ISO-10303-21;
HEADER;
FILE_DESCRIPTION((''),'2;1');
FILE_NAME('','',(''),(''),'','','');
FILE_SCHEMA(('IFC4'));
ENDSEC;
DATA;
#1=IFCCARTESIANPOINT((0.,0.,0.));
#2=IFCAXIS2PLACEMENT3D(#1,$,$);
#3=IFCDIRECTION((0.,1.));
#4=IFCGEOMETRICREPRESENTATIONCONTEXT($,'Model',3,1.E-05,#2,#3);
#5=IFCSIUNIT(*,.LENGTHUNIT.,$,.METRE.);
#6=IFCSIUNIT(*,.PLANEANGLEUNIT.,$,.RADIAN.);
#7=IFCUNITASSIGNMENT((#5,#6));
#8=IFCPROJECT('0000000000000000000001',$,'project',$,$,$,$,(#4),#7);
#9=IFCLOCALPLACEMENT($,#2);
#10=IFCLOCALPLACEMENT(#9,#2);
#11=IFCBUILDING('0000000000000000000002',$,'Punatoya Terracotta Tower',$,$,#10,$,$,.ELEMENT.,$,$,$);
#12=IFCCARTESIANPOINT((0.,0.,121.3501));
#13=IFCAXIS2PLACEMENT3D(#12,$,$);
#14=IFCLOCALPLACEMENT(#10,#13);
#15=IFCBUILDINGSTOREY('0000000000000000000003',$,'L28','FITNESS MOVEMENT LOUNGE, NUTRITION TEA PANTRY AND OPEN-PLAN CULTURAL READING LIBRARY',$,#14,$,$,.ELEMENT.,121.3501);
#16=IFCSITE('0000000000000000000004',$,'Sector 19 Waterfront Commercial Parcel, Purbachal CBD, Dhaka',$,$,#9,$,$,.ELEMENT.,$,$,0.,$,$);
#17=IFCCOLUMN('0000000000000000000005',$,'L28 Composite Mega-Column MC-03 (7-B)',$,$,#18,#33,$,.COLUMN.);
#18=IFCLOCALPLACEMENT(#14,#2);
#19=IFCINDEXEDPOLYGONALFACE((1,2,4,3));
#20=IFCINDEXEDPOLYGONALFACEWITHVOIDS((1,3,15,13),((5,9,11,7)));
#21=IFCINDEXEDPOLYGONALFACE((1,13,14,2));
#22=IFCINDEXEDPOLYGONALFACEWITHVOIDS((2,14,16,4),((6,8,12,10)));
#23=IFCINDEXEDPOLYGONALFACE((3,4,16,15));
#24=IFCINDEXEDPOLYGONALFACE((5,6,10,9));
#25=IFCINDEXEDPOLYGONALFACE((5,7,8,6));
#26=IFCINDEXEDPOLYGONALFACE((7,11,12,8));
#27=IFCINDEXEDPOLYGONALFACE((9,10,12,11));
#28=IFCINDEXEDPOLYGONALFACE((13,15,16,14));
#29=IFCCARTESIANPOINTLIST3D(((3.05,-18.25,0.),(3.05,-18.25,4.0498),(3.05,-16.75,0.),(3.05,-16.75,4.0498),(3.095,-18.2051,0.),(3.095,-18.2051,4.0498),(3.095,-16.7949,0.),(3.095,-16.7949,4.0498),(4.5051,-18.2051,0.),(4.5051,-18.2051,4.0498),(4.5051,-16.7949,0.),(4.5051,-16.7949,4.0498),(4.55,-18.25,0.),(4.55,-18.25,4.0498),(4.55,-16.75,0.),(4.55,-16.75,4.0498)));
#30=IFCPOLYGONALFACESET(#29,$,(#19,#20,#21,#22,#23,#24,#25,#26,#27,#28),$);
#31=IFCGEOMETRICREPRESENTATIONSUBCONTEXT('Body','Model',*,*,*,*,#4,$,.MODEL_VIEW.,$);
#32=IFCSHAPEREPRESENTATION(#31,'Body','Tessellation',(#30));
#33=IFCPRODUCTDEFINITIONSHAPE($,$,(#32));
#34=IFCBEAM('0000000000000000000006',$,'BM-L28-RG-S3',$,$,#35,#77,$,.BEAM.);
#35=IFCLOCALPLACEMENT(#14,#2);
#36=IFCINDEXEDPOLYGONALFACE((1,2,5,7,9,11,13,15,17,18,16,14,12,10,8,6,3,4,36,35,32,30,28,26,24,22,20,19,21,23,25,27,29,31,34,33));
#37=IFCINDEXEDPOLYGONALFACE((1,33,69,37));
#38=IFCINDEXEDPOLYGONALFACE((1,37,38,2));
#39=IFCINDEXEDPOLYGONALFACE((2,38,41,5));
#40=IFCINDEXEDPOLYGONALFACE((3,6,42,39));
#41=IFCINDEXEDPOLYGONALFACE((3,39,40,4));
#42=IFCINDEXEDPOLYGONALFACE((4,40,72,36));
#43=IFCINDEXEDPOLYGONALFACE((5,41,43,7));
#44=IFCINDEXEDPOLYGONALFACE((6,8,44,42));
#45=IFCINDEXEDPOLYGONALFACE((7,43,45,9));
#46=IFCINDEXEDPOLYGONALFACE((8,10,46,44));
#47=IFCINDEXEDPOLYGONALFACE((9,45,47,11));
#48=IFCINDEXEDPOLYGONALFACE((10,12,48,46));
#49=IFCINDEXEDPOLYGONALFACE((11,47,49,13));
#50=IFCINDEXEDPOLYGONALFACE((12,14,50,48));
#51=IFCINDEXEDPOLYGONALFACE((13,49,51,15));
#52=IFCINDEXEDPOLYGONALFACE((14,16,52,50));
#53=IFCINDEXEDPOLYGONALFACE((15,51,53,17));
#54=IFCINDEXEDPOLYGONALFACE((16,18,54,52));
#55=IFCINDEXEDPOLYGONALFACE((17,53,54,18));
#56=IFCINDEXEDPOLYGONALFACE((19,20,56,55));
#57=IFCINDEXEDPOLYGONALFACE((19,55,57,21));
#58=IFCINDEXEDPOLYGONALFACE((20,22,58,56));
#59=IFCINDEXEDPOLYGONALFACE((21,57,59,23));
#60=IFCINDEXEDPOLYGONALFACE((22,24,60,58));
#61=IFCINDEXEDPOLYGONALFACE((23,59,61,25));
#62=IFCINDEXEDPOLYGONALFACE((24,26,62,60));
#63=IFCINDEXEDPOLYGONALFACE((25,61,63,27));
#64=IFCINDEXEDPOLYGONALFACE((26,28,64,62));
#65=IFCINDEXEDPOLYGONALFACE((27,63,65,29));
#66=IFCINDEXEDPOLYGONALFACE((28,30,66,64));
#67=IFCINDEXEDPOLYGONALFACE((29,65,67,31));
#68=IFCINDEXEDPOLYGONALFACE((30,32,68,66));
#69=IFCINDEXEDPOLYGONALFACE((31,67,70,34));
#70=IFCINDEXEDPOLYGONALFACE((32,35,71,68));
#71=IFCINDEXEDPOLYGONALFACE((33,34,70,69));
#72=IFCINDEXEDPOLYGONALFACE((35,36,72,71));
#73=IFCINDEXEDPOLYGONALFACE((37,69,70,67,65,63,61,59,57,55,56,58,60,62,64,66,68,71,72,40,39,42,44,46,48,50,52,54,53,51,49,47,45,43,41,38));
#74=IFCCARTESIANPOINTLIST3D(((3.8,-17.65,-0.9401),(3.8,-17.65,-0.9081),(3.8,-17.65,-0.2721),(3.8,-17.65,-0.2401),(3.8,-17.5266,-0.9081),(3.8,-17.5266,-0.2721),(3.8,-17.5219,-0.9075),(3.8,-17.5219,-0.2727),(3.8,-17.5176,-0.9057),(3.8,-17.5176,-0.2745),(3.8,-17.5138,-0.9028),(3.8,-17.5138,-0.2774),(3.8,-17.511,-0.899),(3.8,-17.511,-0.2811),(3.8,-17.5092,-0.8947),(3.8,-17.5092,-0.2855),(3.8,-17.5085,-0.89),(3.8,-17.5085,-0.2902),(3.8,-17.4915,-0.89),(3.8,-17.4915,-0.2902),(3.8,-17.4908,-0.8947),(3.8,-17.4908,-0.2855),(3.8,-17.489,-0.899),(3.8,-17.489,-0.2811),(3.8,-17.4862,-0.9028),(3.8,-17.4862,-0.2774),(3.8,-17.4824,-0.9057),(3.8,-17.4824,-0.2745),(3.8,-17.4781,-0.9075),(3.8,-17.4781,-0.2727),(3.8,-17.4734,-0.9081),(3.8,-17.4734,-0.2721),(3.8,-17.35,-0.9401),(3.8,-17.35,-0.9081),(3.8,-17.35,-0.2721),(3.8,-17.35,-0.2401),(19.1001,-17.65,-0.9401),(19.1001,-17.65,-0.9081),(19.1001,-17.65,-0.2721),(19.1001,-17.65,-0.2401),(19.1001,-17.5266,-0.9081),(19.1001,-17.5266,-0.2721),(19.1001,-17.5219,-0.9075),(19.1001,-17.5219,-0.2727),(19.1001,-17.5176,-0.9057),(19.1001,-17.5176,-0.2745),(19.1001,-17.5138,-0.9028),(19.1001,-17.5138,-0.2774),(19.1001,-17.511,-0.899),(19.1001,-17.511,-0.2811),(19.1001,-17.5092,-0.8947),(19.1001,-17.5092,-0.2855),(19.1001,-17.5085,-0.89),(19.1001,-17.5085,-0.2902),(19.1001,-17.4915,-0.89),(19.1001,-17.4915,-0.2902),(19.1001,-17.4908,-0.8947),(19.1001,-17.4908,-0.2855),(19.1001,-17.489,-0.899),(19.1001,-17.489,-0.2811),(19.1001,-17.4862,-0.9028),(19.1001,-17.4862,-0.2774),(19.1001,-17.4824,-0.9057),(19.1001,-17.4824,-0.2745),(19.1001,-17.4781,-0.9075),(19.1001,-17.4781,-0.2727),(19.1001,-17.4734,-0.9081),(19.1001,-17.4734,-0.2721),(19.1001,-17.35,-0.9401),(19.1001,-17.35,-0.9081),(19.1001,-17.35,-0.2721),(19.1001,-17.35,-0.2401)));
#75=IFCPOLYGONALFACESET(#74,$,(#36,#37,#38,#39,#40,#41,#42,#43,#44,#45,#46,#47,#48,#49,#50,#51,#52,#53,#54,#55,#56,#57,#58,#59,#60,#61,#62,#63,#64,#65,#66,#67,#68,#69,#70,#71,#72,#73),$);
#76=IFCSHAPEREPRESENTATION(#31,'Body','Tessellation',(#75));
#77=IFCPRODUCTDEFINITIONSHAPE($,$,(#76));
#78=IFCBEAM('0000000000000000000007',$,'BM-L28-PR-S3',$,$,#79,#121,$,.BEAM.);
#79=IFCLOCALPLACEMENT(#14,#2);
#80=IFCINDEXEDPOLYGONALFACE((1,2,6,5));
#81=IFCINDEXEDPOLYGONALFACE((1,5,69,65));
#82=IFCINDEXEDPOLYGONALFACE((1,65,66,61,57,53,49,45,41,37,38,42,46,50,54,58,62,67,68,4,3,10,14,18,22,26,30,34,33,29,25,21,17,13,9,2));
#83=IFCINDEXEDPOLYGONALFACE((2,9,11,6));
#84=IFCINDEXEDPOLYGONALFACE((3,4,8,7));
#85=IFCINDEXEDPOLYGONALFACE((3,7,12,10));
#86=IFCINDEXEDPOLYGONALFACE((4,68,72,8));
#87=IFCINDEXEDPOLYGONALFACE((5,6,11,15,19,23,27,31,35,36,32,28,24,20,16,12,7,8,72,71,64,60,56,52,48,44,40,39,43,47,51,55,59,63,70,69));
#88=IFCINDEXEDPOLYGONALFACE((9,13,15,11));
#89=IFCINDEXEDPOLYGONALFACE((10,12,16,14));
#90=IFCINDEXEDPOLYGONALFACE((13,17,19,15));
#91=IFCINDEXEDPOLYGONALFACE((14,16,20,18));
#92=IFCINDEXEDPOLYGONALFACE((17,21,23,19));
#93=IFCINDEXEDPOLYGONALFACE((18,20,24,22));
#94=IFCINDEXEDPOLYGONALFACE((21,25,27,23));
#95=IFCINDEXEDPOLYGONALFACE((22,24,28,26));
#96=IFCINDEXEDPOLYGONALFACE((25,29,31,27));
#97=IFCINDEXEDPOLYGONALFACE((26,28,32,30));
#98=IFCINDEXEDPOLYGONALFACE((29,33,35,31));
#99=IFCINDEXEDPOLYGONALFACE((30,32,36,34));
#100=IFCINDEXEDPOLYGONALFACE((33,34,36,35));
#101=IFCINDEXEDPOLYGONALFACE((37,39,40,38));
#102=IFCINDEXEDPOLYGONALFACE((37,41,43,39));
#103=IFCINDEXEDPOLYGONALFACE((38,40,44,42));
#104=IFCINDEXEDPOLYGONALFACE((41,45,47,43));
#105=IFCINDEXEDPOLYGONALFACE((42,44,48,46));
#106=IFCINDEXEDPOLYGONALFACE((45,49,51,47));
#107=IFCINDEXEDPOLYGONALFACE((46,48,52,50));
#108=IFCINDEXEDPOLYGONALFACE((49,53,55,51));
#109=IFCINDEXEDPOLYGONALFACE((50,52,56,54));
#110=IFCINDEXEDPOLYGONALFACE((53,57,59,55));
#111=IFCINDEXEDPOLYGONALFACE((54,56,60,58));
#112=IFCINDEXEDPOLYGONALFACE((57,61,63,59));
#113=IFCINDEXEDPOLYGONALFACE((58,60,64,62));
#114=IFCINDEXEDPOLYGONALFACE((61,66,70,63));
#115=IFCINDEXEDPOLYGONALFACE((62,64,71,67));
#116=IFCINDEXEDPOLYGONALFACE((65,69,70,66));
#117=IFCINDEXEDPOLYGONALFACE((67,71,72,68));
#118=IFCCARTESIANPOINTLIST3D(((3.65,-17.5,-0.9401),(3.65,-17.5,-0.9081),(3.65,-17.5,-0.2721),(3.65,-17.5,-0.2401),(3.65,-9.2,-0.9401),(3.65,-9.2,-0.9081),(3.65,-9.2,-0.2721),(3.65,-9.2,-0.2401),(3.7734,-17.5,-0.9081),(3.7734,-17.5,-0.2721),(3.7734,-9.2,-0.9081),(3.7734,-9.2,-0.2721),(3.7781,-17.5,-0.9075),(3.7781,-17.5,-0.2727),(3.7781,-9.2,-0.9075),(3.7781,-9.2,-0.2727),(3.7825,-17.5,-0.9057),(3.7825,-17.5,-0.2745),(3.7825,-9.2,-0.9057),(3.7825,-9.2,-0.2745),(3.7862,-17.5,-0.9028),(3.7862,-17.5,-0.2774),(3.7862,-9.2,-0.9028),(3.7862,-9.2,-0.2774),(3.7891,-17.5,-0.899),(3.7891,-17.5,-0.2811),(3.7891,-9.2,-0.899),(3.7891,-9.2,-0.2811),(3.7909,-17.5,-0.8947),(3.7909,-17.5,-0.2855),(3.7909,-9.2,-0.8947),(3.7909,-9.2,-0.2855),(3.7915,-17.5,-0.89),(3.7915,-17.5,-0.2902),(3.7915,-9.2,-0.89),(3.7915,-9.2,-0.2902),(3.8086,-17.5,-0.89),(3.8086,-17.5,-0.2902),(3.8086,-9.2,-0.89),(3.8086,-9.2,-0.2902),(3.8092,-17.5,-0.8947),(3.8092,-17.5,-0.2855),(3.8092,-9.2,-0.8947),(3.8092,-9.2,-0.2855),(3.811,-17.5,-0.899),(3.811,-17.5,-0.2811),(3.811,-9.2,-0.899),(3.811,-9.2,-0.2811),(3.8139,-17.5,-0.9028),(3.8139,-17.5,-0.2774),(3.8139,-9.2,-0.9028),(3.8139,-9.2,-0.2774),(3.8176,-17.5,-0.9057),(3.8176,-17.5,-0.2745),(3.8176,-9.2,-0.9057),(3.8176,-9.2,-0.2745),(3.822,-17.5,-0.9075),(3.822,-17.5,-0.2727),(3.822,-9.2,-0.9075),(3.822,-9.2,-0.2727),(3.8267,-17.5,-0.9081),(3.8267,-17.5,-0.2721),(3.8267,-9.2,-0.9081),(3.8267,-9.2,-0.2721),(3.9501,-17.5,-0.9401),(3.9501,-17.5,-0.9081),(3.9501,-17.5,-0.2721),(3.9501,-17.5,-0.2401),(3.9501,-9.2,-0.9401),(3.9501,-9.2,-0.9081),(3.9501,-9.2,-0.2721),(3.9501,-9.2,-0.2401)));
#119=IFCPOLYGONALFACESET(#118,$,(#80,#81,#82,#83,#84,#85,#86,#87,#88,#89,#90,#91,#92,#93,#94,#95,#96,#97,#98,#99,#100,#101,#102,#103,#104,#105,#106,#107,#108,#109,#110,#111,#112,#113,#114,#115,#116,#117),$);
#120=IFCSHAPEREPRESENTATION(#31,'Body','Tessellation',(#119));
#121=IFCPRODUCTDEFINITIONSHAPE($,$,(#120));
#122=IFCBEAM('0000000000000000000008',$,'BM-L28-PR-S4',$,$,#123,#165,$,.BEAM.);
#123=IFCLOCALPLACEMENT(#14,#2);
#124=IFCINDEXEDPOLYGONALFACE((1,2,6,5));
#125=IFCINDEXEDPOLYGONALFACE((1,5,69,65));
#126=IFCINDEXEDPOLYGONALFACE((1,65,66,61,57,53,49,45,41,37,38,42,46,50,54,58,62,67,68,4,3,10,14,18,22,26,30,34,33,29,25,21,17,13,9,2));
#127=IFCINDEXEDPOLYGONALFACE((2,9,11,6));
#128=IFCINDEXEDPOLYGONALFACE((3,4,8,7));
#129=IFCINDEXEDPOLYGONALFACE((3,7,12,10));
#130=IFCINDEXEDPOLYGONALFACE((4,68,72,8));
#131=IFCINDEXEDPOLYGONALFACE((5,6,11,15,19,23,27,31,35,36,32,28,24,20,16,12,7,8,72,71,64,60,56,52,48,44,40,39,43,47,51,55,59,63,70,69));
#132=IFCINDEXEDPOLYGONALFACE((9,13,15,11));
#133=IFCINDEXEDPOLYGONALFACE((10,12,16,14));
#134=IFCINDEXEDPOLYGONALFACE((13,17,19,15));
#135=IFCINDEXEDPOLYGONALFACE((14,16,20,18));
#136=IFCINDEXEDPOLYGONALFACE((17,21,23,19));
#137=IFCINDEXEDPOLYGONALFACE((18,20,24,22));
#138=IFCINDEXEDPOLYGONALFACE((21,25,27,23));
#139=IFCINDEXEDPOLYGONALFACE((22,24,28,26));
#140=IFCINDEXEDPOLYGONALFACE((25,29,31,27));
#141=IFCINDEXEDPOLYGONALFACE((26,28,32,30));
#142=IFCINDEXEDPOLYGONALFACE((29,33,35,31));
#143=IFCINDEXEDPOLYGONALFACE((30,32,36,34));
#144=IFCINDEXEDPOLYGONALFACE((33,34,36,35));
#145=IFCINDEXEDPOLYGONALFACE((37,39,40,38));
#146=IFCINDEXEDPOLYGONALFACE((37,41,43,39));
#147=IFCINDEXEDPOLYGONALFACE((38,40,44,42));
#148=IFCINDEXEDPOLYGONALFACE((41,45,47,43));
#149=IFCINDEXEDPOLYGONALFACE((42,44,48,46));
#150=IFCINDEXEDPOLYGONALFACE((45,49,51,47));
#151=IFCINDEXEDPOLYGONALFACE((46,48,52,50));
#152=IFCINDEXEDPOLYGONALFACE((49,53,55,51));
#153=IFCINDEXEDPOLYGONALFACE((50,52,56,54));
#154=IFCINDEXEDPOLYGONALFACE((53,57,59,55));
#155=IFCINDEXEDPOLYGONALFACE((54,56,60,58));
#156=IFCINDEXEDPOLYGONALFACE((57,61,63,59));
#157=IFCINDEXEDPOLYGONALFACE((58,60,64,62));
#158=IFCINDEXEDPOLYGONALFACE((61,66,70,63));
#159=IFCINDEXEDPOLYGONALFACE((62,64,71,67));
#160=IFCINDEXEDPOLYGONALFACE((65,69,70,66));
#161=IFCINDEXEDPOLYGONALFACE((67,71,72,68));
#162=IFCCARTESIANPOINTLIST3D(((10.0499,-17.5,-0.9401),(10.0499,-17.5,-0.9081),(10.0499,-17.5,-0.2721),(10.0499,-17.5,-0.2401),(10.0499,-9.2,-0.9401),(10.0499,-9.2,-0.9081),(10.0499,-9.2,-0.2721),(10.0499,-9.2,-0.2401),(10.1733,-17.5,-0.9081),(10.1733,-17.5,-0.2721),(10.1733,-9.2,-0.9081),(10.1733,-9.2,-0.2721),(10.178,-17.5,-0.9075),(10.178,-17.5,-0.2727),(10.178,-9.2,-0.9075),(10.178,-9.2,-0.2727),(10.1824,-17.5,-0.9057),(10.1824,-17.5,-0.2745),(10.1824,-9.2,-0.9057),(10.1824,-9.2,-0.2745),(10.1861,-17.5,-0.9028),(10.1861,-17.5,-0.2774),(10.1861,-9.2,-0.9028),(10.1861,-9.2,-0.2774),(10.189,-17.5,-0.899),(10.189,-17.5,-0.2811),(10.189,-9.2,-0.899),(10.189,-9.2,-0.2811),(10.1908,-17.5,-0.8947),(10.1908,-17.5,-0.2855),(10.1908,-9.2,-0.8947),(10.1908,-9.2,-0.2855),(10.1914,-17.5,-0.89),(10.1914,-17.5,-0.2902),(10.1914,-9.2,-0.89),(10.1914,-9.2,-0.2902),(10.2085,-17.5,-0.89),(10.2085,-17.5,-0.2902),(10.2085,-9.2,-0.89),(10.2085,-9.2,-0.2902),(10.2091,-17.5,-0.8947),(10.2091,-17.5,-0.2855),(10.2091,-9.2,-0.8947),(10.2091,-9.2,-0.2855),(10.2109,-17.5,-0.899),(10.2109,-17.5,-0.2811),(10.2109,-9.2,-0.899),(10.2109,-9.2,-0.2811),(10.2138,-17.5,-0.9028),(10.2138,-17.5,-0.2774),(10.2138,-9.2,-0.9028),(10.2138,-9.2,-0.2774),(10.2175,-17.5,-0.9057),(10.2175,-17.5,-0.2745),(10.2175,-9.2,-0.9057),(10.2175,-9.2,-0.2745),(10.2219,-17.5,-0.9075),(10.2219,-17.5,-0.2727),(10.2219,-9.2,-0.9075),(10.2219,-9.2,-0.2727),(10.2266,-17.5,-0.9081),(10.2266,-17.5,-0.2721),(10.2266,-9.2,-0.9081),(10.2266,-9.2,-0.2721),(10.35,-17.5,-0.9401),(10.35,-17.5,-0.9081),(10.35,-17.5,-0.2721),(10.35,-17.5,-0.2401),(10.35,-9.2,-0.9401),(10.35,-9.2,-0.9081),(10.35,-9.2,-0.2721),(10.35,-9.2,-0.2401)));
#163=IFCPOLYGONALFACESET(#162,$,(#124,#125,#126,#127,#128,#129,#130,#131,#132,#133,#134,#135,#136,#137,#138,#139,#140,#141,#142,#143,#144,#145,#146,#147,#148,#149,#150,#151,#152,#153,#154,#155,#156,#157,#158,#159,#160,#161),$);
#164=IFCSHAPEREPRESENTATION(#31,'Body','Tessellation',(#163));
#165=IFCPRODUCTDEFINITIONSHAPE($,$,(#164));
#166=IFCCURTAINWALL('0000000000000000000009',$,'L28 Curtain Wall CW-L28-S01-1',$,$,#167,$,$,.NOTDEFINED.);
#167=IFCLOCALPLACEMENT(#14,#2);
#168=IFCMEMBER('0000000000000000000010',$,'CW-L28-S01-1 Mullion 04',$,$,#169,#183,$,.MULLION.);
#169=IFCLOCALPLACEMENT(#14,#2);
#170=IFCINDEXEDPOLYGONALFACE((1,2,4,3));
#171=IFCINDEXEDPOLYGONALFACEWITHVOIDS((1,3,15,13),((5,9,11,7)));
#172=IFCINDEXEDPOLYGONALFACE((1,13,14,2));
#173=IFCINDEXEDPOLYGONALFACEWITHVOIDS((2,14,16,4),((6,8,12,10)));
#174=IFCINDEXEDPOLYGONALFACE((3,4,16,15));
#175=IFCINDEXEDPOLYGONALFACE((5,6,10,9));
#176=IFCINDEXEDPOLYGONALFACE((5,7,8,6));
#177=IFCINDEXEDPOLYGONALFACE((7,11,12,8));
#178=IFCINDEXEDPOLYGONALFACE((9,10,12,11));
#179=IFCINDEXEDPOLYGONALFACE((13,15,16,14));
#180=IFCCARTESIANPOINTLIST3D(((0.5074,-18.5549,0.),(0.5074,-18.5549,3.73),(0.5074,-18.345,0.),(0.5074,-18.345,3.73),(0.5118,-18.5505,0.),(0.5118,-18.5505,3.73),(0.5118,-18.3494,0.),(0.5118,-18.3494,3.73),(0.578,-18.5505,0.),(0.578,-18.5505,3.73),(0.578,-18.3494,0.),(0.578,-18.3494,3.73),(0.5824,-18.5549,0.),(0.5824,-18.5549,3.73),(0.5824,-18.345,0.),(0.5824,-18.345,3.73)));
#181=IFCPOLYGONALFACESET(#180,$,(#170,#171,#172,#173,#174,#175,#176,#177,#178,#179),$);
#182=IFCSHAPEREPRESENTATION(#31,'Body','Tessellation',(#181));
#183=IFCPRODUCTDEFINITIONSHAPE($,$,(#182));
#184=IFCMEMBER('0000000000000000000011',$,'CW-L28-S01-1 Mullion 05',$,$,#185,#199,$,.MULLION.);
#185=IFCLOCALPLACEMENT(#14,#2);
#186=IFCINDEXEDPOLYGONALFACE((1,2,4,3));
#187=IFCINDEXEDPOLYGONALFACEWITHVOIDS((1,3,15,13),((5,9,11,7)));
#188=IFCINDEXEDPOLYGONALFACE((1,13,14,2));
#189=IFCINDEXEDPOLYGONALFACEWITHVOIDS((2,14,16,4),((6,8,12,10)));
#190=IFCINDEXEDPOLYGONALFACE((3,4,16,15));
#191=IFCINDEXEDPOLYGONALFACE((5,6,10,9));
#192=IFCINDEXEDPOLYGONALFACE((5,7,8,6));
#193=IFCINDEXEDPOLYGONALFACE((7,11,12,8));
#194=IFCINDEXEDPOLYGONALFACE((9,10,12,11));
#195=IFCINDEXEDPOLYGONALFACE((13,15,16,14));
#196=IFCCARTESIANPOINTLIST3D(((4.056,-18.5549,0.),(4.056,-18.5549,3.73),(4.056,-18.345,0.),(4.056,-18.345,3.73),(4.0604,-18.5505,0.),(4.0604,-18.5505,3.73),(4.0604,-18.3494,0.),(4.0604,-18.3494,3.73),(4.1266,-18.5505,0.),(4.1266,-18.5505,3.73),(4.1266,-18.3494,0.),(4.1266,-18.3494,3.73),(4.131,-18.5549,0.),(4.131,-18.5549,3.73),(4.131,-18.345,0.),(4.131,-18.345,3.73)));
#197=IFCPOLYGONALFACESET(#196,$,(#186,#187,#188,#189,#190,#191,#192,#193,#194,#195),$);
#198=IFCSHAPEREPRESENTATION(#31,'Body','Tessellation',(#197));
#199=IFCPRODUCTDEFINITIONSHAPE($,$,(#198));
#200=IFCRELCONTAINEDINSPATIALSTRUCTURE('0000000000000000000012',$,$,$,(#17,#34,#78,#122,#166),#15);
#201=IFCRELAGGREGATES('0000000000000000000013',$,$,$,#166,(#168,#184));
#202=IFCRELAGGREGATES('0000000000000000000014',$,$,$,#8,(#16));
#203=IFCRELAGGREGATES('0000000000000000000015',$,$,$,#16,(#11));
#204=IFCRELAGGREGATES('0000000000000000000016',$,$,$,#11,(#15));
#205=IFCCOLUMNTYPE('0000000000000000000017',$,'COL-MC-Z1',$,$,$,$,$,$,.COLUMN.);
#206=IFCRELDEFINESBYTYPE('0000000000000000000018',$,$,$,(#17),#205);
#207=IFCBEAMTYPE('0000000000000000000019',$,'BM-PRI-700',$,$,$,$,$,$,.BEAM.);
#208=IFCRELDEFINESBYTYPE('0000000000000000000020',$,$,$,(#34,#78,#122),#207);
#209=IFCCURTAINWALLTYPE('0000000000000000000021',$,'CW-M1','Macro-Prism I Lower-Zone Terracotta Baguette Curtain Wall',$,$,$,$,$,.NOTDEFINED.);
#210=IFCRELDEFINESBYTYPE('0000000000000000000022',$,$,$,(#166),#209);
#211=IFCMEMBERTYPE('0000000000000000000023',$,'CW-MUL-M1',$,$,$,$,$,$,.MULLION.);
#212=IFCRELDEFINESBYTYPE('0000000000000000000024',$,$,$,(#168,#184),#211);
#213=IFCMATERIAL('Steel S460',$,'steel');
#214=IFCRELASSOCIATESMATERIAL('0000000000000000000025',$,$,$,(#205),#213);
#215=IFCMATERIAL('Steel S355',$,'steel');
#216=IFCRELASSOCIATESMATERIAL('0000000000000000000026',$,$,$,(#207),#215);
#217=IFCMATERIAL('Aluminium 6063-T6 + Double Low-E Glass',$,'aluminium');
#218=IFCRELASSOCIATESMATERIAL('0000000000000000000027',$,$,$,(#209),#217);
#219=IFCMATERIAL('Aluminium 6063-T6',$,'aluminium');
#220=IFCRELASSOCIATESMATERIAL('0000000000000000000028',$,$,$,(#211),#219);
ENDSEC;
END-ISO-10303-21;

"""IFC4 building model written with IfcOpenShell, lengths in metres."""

from ifc_helpers import new_model, si_unit, direction, frame, origin, origin_2d, place, context, subcontext, project, spatial, hollow_rectangle, i_section, extrude, material, material_profile, profile_set, type_object, element, aggregate, save


model = new_model("IFC4")

# Units and contexts
model_context = context("Model", 3, precision=1e-05, world=origin(), true_north=direction((0.0, 1.0)))
body_context = subcontext(model_context, "Body", "Model", "MODEL_VIEW")
ifc_project = project(units=[si_unit("LENGTHUNIT", "METRE"), si_unit("PLANEANGLEUNIT", "RADIAN")], contexts=[model_context])

# Site, building, storey
site_placement = place(None, origin())
site = spatial("IfcSite", under=ifc_project, at=site_placement, Name="Sector 19 Waterfront Commercial Parcel, Purbachal CBD, Dhaka", CompositionType="ELEMENT", RefElevation=0.0)
building_placement = place(site_placement, origin())
building = spatial("IfcBuilding", under=site, at=building_placement, Name="Punatoya Terracotta Tower", CompositionType="ELEMENT")
storey_placement = place(building_placement, frame((0.0, 0.0, 121.3501)))
storey = spatial("IfcBuildingStorey", under=building, at=storey_placement, Name="L28", Description="FITNESS MOVEMENT LOUNGE, NUTRITION TEA PANTRY AND OPEN-PLAN CULTURAL READING LIBRARY", CompositionType="ELEMENT", Elevation=121.3501)

# Column
ifc_material_1 = material(Name="Steel S460", Category="steel")
ifc_material_profile_1 = material_profile(ifc_material_1, hollow_rectangle(XDim=1.5, YDim=1.5, WallThickness=0.0449, at=origin_2d()))
ifc_profile_set_1 = profile_set([ifc_material_profile_1], Name="Steel S460")
column_type = type_object("IfcColumnType", Name="COL-MC-Z1", PredefinedType="COLUMN", material=ifc_profile_set_1)
column_placement = place(storey_placement, frame((3.8, -17.5, 0.0), z_axis=(0.0, 0.0, 1.0), x_axis=(1.0, 0.0, 0.0)))
element("IfcColumn", 1, at=column_placement, inside=storey, type_object=column_type, Name="L28 Composite Mega-Column MC-03 (7-B)", PredefinedType="COLUMN", context=body_context, shape_type="SweptSolid", body=[
    extrude(hollow_rectangle(XDim=1.5, YDim=1.5, WallThickness=0.0449, at=origin_2d()), origin(), (0.0, 0.0, 1.0), 4.0498),
])

# Beams
ifc_material_2 = material(Name="Steel S355", Category="steel")
ifc_material_profile_2 = material_profile(ifc_material_2, i_section(OverallWidth=0.3, OverallDepth=0.7, WebThickness=0.0171, FlangeThickness=0.032, FilletRadius=0.0181, at=origin_2d()))
ifc_profile_set_2 = profile_set([ifc_material_profile_2], Name="Steel S355")
beam_type = type_object("IfcBeamType", Name="BM-PRI-700", PredefinedType="BEAM", material=ifc_profile_set_2)
beam_placement = place(storey_placement, frame((3.8, -17.5, -0.5901), z_axis=(1.0, 0.0, 0.0), x_axis=(0.0, 1.0, 0.0)))
element("IfcBeam", 2, at=beam_placement, inside=storey, type_object=beam_type, Name="BM-L28-RG-S3", PredefinedType="BEAM", context=body_context, shape_type="SweptSolid", body=[
    extrude(i_section(OverallWidth=0.3, OverallDepth=0.7, WebThickness=0.0171, FlangeThickness=0.032, FilletRadius=0.0181, at=origin_2d()), origin(), (0.0, 0.0, 1.0), 15.3),
])
for number, where, z_axis, x_axis, name in (
    (3, (3.8, -17.5, -0.5901), (0.0, 1.0, 0.0), (-1.0, 0.0, 0.0), "BM-L28-PR-S3"),
    (4, (10.2, -17.5, -0.5901), (0.0, 1.0, 0.0), (-1.0, 0.0, 0.0), "BM-L28-PR-S4"),
):
    element("IfcBeam", number, at=place(storey_placement, frame(where, z_axis=z_axis, x_axis=x_axis)), inside=storey, type_object=beam_type, Name=name, PredefinedType="BEAM", context=body_context, shape_type="SweptSolid", body=[
        extrude(i_section(OverallWidth=0.3, OverallDepth=0.7, WebThickness=0.0171, FlangeThickness=0.032, FilletRadius=0.0181, at=origin_2d()), origin(), (0.0, 0.0, 1.0), 8.3),
    ])

# Curtain wall, members
ifc_material_3 = material(Name="Aluminium 6063-T6 + Double Low-E Glass", Category="aluminium")
curtain_wall_type = type_object("IfcCurtainWallType", Name="CW-M1", Description="Macro-Prism I Lower-Zone Terracotta Baguette Curtain Wall", PredefinedType="NOTDEFINED", material=ifc_material_3)
curtain_wall_placement = place(storey_placement, origin())
curtain_wall = element("IfcCurtainWall", 5, at=curtain_wall_placement, inside=storey, type_object=curtain_wall_type, Name="L28 Curtain Wall CW-L28-S01-1", PredefinedType="NOTDEFINED")
ifc_material_4 = material(Name="Aluminium 6063-T6", Category="aluminium")
ifc_material_profile_3 = material_profile(ifc_material_4, hollow_rectangle(XDim=0.075, YDim=0.21, WallThickness=0.0044, at=origin_2d()))
ifc_profile_set_3 = profile_set([ifc_material_profile_3], Name="Aluminium 6063-T6")
member_type = type_object("IfcMemberType", Name="CW-MUL-M1", PredefinedType="MULLION", material=ifc_profile_set_3)
member_1_placement = place(storey_placement, frame((0.5449, -18.45, 0.0), z_axis=(0.0, 0.0, 1.0), x_axis=(1.0, 0.0, 0.0)))
member_1 = element("IfcMember", 6, at=member_1_placement, type_object=member_type, Name="CW-L28-S01-1 Mullion 04", PredefinedType="MULLION", context=body_context, shape_type="SweptSolid", body=[
    extrude(hollow_rectangle(XDim=0.075, YDim=0.21, WallThickness=0.0044, at=origin_2d()), origin(), (0.0, 0.0, 1.0), 3.73),
])
member_2_placement = place(storey_placement, frame((4.0935, -18.45, 0.0), z_axis=(0.0, 0.0, 1.0), x_axis=(1.0, 0.0, 0.0)))
member_2 = element("IfcMember", 7, at=member_2_placement, type_object=member_type, Name="CW-L28-S01-1 Mullion 05", PredefinedType="MULLION", context=body_context, shape_type="SweptSolid", body=[
    extrude(hollow_rectangle(XDim=0.075, YDim=0.21, WallThickness=0.0044, at=origin_2d()), origin(), (0.0, 0.0, 1.0), 3.73),
])
aggregate(curtain_wall, [member_1, member_2])

save(model, "model.ifc")
